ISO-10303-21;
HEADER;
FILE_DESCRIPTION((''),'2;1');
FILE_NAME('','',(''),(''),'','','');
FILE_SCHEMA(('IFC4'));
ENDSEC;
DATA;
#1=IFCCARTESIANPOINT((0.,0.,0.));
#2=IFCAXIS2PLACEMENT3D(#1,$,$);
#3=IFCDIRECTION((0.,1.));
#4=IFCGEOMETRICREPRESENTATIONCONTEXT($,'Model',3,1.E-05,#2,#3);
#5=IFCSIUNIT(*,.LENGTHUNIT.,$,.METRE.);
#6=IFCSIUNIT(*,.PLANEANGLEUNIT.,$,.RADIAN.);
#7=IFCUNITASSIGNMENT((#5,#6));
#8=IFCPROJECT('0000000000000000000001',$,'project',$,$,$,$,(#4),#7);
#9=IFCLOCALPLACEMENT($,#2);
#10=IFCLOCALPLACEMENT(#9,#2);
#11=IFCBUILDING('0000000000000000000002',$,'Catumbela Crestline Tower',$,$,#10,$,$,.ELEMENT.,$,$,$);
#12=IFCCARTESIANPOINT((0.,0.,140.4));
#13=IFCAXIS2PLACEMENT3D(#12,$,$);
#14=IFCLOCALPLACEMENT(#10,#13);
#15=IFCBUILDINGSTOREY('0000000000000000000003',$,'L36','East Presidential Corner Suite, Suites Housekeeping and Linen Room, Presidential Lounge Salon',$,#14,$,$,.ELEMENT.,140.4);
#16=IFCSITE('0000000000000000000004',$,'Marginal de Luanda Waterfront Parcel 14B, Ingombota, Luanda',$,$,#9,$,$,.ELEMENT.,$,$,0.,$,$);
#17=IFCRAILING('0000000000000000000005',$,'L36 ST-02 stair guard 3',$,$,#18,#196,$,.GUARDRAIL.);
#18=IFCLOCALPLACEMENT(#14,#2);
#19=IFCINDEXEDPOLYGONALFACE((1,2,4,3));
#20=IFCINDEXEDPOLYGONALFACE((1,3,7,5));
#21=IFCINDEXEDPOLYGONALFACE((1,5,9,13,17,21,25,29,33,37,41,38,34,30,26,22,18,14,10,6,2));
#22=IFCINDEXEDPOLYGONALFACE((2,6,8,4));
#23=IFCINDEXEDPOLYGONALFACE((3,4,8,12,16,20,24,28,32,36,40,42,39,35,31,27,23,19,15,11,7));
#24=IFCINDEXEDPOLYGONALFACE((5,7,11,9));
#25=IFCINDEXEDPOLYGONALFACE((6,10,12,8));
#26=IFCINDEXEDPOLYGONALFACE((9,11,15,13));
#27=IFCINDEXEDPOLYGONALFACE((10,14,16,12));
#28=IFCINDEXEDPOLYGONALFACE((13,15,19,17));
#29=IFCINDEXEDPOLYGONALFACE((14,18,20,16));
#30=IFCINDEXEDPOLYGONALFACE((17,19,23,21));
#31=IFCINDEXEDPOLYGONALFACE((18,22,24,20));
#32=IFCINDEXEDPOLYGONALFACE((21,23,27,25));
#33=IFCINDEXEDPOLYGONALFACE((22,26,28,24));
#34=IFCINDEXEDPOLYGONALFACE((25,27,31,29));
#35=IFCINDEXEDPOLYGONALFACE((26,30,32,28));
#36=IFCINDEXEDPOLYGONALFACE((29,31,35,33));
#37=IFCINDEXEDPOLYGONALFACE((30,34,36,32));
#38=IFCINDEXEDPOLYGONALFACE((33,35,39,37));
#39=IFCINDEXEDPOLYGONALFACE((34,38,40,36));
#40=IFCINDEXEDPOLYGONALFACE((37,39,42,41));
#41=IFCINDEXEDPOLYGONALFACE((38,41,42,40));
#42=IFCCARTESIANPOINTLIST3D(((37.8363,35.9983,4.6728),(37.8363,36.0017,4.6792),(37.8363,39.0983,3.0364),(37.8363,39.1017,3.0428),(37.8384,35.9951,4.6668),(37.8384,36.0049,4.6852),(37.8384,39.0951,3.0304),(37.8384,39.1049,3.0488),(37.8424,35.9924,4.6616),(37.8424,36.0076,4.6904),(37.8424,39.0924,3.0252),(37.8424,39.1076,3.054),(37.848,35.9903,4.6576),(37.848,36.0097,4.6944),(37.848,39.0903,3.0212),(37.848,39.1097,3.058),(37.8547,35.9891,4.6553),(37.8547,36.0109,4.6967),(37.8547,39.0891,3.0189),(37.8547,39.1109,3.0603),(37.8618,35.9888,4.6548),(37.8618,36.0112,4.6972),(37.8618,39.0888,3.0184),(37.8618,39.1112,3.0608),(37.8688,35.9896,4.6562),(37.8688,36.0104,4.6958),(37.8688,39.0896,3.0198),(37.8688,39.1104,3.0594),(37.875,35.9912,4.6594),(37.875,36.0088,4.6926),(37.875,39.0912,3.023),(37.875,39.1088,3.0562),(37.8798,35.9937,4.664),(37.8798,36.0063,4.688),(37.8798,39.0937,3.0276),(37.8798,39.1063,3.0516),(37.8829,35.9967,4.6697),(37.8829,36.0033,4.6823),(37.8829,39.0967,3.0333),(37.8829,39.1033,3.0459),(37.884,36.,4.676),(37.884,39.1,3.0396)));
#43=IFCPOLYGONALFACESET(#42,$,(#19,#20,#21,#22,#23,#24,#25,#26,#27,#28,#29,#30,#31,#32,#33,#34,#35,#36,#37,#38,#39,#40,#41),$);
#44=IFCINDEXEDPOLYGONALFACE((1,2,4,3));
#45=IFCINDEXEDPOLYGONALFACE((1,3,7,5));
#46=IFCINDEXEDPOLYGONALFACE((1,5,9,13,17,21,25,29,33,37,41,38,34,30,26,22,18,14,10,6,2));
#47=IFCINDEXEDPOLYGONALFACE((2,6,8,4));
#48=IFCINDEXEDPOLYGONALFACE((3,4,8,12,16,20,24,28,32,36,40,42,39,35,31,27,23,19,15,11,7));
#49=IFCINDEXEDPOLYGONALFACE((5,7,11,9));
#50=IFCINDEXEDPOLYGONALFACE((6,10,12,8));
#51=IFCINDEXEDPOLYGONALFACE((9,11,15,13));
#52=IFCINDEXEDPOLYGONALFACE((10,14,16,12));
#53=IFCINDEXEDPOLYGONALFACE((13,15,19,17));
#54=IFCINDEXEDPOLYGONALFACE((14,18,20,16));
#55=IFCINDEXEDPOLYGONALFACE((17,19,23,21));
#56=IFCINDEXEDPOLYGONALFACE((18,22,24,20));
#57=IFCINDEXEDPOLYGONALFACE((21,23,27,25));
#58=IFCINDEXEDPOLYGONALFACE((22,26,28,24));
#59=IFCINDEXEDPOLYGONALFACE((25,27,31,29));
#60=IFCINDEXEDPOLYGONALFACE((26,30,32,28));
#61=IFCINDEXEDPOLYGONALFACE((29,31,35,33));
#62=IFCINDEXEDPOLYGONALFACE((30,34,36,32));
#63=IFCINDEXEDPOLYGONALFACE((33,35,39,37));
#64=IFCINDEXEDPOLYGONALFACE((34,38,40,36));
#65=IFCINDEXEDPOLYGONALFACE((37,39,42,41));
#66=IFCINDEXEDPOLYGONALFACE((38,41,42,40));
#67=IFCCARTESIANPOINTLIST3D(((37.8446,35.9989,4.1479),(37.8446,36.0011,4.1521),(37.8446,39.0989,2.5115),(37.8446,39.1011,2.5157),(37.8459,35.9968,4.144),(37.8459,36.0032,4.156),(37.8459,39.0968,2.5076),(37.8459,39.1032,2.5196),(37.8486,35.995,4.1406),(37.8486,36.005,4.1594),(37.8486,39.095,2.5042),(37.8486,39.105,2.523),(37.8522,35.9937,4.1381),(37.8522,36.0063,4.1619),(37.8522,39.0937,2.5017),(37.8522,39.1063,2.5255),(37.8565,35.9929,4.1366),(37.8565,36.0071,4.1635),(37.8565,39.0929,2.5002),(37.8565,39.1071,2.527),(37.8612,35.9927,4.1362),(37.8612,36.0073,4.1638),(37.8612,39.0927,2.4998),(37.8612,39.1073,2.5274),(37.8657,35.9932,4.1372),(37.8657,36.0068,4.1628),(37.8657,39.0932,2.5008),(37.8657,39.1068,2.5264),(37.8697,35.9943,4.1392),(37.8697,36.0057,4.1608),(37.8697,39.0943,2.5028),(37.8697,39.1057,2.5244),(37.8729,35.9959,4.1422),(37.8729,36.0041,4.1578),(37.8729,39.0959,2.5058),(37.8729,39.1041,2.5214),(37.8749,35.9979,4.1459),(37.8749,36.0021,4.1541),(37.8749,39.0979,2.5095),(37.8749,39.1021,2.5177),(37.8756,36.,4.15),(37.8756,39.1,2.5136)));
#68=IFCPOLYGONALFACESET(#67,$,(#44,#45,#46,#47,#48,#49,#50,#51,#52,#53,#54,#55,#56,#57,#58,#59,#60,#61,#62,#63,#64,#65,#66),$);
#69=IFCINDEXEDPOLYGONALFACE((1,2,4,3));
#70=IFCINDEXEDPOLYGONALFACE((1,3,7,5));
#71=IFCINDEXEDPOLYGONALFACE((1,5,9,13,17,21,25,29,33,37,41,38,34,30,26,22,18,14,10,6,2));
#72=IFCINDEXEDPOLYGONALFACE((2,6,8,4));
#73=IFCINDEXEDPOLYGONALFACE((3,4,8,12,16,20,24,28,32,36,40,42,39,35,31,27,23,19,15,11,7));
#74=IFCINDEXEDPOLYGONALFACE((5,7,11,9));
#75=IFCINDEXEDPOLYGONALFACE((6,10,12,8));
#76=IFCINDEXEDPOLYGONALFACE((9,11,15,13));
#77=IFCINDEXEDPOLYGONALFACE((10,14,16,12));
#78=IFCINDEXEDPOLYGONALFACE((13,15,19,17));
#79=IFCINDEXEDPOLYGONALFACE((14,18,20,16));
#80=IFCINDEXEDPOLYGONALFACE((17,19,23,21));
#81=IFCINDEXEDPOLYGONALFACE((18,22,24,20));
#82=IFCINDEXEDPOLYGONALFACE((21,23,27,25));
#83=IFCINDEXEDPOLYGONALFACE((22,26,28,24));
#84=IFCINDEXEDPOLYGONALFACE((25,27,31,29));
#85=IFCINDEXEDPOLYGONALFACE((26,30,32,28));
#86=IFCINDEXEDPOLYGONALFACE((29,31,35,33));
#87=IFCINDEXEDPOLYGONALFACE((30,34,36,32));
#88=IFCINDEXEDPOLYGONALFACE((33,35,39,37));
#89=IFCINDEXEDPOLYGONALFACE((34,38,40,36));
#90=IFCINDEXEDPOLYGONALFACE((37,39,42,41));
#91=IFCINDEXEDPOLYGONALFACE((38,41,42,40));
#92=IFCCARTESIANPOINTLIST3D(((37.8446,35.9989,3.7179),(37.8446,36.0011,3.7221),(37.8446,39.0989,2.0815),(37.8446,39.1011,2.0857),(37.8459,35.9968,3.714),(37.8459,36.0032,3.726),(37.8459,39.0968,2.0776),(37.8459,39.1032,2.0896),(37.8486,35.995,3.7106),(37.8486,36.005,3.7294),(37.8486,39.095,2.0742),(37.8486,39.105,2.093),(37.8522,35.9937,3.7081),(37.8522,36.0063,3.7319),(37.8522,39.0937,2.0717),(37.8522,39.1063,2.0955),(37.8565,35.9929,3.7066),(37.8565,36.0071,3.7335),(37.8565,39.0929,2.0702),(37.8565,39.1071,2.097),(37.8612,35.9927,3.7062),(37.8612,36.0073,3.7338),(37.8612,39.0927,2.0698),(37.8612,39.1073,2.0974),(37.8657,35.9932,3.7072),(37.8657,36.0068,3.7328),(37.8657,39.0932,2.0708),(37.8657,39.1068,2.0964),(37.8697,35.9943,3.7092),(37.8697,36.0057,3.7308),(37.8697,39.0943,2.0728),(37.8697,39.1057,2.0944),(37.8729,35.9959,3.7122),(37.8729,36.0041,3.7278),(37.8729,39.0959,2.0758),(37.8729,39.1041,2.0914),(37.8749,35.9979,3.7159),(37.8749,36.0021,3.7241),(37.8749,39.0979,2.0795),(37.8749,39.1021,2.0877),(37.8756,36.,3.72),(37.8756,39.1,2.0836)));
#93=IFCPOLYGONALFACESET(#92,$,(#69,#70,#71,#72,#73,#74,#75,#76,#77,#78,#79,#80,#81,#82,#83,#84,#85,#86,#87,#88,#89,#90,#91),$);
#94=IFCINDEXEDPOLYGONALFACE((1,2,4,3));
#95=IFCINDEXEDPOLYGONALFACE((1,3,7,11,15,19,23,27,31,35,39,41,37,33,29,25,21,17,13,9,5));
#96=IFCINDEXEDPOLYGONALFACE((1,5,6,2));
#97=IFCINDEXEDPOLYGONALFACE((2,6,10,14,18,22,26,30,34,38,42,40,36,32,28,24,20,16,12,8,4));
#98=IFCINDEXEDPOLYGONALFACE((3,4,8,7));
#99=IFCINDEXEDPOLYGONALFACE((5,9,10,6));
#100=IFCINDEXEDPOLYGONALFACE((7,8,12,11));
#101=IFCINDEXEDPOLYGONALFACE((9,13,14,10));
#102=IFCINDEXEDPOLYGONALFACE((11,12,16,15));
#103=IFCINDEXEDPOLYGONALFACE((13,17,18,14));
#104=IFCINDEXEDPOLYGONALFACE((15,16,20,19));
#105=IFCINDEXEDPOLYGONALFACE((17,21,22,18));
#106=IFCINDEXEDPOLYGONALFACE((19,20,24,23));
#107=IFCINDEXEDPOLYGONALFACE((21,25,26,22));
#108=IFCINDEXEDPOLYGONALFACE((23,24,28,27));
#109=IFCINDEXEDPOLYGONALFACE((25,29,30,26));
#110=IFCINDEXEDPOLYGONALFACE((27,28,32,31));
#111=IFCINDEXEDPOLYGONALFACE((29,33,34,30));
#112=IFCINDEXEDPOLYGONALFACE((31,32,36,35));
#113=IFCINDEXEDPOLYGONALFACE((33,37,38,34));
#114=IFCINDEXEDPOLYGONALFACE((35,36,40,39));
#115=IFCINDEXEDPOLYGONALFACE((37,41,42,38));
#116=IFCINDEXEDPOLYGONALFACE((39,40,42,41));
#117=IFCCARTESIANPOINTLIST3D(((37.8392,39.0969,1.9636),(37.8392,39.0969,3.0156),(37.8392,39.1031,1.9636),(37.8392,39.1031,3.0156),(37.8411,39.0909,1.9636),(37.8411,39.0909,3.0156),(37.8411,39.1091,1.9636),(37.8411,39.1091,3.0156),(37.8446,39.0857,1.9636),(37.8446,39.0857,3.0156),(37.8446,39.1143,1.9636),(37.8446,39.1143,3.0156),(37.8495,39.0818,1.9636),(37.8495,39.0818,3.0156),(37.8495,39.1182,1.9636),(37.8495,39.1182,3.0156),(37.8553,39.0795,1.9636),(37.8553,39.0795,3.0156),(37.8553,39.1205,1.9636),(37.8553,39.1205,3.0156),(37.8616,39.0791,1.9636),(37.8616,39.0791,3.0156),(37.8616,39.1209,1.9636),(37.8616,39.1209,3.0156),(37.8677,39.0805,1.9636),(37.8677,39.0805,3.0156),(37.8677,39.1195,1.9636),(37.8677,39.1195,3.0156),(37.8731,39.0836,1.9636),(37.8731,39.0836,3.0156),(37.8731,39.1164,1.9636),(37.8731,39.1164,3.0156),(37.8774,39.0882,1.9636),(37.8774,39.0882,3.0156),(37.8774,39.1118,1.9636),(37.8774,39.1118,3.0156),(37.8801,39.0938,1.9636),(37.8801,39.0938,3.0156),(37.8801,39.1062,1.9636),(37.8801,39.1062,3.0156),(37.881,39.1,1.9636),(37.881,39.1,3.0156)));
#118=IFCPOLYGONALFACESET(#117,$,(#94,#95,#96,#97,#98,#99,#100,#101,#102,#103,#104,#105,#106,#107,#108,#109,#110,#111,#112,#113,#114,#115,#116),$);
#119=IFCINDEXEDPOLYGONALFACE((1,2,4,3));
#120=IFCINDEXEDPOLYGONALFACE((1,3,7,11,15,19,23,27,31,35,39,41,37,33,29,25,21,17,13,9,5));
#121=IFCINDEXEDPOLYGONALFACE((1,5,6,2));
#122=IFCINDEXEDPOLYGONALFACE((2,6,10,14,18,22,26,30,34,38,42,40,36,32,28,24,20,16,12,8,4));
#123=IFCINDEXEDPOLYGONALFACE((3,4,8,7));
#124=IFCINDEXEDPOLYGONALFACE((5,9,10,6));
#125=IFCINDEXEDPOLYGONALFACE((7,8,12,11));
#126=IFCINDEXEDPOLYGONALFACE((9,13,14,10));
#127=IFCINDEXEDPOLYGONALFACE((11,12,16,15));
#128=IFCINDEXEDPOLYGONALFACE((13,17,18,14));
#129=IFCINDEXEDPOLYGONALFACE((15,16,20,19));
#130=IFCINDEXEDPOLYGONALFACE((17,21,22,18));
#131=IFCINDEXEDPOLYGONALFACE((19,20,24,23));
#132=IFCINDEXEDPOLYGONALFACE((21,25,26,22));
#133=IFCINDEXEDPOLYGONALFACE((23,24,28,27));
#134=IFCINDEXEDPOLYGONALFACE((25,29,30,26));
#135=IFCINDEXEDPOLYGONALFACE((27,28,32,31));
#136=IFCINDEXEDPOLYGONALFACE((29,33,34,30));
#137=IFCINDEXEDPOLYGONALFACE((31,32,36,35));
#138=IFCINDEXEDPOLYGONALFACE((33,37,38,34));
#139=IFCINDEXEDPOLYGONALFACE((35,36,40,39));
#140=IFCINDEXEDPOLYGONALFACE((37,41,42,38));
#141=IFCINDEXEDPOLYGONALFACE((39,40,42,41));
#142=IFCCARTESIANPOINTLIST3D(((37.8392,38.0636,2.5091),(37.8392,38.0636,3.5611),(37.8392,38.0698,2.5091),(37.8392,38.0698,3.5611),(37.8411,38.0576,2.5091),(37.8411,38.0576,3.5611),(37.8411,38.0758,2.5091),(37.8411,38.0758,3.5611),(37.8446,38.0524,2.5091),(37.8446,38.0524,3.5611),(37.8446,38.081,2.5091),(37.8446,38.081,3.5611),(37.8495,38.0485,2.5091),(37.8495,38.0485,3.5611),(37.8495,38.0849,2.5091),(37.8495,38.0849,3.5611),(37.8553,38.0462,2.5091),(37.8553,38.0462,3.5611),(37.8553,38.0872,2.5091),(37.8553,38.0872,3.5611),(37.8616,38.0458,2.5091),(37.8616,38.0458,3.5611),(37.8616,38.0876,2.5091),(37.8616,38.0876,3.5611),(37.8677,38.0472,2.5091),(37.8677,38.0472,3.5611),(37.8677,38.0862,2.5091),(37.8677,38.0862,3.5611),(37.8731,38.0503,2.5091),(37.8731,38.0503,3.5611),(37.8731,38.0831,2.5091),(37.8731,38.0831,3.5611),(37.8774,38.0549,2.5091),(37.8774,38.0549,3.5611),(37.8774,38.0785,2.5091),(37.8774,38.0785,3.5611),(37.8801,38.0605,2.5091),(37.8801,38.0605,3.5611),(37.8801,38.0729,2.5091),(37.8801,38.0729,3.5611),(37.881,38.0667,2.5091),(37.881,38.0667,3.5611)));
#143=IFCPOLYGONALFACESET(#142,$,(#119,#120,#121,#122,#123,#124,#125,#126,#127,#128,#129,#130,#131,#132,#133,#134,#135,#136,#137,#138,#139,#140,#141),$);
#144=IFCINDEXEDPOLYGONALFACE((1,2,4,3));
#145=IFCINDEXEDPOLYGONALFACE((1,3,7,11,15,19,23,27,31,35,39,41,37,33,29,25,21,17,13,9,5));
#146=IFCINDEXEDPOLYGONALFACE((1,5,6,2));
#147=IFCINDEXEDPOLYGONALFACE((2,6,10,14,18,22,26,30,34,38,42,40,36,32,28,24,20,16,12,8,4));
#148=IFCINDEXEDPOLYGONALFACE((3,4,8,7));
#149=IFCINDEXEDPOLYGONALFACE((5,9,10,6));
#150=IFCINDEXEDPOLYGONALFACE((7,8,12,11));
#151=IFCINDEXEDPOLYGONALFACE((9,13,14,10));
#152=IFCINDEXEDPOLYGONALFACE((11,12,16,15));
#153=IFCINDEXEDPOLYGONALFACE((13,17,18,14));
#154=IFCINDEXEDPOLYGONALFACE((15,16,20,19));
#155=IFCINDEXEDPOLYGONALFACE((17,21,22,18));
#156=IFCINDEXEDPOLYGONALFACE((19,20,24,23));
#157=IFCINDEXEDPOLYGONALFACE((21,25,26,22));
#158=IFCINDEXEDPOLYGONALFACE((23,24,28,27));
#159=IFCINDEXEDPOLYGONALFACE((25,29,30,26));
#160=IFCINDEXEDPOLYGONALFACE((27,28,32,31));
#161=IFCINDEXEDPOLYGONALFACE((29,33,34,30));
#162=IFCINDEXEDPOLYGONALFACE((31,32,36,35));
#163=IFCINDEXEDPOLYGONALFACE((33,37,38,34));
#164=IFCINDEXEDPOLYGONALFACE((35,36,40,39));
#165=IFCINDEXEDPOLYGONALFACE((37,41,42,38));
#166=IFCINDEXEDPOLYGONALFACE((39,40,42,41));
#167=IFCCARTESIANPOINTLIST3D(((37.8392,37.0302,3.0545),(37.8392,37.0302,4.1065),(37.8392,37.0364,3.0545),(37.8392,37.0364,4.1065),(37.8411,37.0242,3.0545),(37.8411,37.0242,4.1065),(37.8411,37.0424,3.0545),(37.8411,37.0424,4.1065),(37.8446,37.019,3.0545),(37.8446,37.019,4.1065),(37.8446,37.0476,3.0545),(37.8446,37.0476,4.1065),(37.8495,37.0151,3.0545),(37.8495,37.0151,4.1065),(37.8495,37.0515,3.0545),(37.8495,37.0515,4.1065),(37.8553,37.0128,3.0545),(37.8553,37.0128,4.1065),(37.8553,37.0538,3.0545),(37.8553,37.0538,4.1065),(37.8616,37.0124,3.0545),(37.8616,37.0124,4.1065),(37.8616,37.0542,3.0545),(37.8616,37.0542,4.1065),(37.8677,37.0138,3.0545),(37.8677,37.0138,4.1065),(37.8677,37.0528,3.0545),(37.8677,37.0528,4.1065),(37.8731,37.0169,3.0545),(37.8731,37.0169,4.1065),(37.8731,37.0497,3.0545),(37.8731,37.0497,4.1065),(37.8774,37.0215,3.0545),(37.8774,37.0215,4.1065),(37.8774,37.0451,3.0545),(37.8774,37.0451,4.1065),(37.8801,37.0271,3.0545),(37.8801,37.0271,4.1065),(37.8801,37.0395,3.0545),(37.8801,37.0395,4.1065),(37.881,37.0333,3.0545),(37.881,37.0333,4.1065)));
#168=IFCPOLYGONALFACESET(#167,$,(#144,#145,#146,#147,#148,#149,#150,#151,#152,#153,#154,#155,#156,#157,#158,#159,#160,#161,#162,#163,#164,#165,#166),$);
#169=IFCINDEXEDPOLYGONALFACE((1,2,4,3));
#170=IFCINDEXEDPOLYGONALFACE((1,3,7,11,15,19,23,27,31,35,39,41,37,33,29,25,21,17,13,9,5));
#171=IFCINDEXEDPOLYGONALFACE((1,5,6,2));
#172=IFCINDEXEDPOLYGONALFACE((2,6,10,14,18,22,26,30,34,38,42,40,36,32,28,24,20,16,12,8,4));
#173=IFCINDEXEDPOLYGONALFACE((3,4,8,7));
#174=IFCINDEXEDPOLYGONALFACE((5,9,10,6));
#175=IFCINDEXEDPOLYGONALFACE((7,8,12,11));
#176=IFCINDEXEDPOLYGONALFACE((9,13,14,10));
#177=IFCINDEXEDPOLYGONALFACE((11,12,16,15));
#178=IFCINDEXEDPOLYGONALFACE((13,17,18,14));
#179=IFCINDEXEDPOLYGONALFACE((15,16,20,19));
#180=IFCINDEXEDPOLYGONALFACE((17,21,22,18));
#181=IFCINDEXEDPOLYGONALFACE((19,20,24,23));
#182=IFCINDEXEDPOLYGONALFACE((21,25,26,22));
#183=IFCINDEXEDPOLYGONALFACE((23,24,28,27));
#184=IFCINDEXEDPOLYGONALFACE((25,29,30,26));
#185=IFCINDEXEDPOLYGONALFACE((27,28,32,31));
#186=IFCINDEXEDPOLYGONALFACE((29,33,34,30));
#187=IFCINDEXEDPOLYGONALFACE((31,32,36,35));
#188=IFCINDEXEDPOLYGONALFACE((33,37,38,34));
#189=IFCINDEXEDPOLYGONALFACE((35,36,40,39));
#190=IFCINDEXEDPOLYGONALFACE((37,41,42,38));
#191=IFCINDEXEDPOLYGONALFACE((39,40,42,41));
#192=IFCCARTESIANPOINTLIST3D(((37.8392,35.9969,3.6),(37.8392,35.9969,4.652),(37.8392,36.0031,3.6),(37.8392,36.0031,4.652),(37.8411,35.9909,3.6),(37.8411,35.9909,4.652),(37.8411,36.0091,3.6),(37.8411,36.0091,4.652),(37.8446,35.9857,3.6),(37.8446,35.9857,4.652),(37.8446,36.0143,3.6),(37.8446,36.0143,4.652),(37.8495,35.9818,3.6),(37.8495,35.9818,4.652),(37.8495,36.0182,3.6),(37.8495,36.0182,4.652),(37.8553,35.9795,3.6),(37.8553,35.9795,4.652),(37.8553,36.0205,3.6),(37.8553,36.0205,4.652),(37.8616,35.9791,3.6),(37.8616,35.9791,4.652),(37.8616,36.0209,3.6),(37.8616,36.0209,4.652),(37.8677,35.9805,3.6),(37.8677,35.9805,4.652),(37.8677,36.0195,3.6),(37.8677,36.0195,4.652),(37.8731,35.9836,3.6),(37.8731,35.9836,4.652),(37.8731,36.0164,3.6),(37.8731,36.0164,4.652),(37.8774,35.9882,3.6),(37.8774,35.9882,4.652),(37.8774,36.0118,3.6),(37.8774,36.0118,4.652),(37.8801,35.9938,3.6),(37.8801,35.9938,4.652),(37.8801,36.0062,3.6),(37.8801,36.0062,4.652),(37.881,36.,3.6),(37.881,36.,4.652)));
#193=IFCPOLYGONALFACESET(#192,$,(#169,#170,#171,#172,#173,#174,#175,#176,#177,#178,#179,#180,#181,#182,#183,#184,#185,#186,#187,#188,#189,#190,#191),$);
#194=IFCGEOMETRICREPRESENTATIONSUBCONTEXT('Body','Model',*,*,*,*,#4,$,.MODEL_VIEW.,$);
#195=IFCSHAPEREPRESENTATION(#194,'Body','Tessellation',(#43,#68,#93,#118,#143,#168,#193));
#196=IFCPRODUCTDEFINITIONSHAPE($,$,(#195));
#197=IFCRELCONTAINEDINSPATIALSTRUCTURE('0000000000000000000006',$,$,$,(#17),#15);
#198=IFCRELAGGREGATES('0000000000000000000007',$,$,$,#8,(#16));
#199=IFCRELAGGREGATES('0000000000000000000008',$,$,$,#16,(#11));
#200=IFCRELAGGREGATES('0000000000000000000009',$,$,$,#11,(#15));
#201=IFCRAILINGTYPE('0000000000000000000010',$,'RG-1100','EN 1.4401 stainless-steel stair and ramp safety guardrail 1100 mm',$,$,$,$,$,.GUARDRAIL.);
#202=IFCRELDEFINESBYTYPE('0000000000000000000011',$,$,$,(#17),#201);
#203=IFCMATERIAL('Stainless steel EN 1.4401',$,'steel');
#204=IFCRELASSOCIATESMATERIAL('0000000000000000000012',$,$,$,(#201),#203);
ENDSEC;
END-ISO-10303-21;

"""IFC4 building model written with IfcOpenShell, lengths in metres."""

from ifc_helpers import new_model, si_unit, direction, frame, origin, origin_2d, place, context, subcontext, project, spatial, circle, extrude, material, type_object, element, save


model = new_model("IFC4")

# Units and contexts
model_context = context("Model", 3, precision=1e-05, world=origin(), true_north=direction((0.0, 1.0)))
body_context = subcontext(model_context, "Body", "Model", "MODEL_VIEW")
ifc_project = project(units=[si_unit("LENGTHUNIT", "METRE"), si_unit("PLANEANGLEUNIT", "RADIAN")], contexts=[model_context])

# Site, building, storey
site_placement = place(None, origin())
site = spatial("IfcSite", under=ifc_project, at=site_placement, Name="Marginal de Luanda Waterfront Parcel 14B, Ingombota, Luanda", CompositionType="ELEMENT", RefElevation=0.0)
building_placement = place(site_placement, origin())
building = spatial("IfcBuilding", under=site, at=building_placement, Name="Catumbela Crestline Tower", CompositionType="ELEMENT")
storey_placement = place(building_placement, frame((0.0, 0.0, 140.4)))
storey = spatial("IfcBuildingStorey", under=building, at=storey_placement, Name="L36", Description="East Presidential Corner Suite, Suites Housekeeping and Linen Room, Presidential Lounge Salon", CompositionType="ELEMENT", Elevation=140.4)

# Shared definitions
ifc_material_1 = material(Name="Stainless steel EN 1.4401", Category="steel")

# Railing
railing_type_1 = type_object("IfcRailingType", Name="RG-1100", Description="EN 1.4401 stainless-steel stair and ramp safety guardrail 1100 mm", PredefinedType="GUARDRAIL", material=ifc_material_1)
railing_1_placement = place(storey_placement, frame((37.86, 39.1, 1.9636)))
element("IfcRailing", 1, at=railing_1_placement, inside=storey, type_object=railing_type_1, Name="L36 ST-02 stair guard 3", PredefinedType="GUARDRAIL", context=body_context, shape_type="SweptSolid", body=[
    extrude(circle(Radius=0.024, at=origin_2d()), frame((0.0, 0.0, 1.076), z_axis=(0.0, -0.884351, 0.466823), x_axis=(1.0, 0.0, 0.0)), (0.0, 0.0, 1.0), 3.5054),
    extrude(circle(Radius=0.0156, at=origin_2d()), frame((0.0, 0.0, 0.55), z_axis=(0.0, -0.884351, 0.466823), x_axis=(1.0, 0.0, 0.0)), (0.0, 0.0, 1.0), 3.5054),
    extrude(circle(Radius=0.0156, at=origin_2d()), frame((0.0, 0.0, 0.12), z_axis=(0.0, -0.884351, 0.466823), x_axis=(1.0, 0.0, 0.0)), (0.0, 0.0, 1.0), 3.5054),
    extrude(circle(Radius=0.021, at=origin_2d()), origin(), (0.0, 0.0, 1.0), 1.052),
    extrude(circle(Radius=0.021, at=origin_2d()), frame((0.0, -1.0333, 0.5455)), (0.0, 0.0, 1.0), 1.052),
    extrude(circle(Radius=0.021, at=origin_2d()), frame((0.0, -2.0667, 1.0909)), (0.0, 0.0, 1.0), 1.052),
    extrude(circle(Radius=0.021, at=origin_2d()), frame((0.0, -3.1, 1.6364)), (0.0, 0.0, 1.0), 1.052),
])

save(model, "model.ifc")
